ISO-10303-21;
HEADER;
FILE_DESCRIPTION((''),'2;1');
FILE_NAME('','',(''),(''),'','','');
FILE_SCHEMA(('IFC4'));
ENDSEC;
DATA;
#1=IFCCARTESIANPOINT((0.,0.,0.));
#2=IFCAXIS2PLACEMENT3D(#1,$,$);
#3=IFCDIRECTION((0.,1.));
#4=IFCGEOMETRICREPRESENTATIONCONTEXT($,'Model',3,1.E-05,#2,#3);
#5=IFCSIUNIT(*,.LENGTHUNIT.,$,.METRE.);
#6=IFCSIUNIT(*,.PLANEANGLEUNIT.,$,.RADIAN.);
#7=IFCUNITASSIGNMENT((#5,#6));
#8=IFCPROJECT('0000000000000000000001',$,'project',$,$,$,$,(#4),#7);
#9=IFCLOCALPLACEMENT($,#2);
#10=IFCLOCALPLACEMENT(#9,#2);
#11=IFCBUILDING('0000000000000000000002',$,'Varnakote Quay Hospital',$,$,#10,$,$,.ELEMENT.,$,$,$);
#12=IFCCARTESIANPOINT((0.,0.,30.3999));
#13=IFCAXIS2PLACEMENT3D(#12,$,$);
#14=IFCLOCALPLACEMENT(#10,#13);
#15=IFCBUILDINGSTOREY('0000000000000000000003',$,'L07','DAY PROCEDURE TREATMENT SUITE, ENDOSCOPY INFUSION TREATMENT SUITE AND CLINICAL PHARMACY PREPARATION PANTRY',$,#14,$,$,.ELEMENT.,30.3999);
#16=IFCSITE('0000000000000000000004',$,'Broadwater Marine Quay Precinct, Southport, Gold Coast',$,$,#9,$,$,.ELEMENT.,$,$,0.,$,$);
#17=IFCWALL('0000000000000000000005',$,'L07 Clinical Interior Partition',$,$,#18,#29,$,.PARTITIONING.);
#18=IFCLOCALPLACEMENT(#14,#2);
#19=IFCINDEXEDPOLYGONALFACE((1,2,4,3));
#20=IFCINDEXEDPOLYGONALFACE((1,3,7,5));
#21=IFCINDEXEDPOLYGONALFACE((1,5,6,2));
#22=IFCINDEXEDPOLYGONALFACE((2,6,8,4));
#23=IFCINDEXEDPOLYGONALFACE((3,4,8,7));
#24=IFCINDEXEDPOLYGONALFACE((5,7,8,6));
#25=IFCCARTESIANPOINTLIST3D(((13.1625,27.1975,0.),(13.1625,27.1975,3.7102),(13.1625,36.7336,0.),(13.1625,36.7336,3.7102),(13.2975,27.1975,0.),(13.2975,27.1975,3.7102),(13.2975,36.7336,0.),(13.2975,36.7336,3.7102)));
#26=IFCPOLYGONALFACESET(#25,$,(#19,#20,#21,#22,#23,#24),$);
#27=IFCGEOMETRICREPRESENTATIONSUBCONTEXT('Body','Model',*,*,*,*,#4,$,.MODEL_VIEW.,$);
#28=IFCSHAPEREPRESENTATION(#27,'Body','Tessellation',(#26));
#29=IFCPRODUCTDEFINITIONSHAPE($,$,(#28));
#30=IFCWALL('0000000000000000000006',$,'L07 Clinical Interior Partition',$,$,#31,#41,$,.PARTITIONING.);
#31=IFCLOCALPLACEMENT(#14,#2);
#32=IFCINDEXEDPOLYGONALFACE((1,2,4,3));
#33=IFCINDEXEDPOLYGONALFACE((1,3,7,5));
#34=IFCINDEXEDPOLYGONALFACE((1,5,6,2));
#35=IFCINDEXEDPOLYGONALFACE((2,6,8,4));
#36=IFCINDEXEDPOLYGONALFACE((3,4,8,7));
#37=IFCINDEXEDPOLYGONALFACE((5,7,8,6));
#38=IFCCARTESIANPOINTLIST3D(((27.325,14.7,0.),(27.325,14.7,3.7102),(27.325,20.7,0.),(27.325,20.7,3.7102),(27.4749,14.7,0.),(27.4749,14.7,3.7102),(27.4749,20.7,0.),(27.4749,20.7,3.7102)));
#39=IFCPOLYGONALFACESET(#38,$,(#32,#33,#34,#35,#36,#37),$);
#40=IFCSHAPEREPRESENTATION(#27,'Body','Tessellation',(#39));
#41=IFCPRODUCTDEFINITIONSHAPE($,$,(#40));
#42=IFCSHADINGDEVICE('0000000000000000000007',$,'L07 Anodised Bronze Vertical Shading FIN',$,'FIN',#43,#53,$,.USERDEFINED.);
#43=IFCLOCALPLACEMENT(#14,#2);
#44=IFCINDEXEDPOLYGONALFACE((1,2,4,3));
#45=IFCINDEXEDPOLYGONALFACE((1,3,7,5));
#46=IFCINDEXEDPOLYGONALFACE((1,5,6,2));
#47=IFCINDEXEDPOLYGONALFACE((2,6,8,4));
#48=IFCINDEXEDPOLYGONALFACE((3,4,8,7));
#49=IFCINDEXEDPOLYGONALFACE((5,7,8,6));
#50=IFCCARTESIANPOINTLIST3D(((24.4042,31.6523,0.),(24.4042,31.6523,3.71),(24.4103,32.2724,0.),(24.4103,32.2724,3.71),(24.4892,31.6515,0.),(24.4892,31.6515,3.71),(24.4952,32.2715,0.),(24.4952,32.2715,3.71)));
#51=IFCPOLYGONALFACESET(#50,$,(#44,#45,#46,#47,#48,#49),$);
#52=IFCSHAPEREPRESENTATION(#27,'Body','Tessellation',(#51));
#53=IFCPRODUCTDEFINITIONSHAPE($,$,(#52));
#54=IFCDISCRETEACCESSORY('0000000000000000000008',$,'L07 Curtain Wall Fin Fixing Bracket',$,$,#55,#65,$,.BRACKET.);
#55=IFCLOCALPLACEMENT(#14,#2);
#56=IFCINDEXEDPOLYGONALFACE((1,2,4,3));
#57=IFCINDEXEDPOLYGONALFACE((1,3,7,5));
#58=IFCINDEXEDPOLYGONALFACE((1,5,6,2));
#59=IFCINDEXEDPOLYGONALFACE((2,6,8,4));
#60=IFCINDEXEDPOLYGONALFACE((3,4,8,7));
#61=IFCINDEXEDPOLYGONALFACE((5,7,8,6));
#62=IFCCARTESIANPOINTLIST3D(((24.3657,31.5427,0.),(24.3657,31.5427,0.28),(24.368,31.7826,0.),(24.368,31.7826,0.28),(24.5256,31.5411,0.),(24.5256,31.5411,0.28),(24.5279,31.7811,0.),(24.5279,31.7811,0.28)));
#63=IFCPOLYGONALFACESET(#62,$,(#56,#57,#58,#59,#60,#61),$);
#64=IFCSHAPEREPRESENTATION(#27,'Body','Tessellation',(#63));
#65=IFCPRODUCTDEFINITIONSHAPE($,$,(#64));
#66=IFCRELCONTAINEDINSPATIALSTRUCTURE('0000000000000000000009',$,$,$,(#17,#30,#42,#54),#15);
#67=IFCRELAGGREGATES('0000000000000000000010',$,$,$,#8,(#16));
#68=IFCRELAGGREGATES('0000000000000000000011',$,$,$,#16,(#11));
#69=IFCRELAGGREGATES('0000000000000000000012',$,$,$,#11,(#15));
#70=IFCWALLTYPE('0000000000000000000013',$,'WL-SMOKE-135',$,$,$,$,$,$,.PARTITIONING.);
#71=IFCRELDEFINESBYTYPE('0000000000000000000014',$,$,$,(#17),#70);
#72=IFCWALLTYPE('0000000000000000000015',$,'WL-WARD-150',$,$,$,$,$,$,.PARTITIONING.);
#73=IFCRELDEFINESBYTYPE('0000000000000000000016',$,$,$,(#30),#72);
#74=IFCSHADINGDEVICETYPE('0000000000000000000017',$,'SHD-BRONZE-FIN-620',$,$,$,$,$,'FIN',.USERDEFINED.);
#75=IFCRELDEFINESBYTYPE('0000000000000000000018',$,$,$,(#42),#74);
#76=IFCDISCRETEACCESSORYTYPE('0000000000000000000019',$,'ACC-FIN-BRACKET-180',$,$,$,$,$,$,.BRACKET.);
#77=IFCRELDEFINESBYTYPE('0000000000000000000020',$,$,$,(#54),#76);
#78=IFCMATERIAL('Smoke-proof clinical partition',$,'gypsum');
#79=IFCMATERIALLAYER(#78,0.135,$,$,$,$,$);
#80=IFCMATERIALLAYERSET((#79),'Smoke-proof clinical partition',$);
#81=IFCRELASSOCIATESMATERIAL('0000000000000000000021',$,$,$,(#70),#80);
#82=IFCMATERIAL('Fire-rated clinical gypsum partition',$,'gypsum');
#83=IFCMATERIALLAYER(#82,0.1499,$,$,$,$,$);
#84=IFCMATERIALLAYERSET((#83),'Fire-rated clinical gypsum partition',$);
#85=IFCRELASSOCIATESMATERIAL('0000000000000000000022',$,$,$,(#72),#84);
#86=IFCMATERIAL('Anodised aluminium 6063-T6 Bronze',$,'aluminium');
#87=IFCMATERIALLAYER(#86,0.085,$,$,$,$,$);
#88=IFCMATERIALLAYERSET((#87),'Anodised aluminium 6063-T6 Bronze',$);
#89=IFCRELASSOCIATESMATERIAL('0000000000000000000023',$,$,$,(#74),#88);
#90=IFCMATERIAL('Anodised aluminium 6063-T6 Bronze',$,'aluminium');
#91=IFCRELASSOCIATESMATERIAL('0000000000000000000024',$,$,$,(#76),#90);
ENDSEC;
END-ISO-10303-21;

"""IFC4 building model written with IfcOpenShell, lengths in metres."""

from ifc_helpers import new_model, si_unit, direction, frame, frame_2d, origin, origin_2d, place, context, subcontext, project, spatial, rectangle, extrude, material, layer, layer_set, type_object, element, save


model = new_model("IFC4")

# Units and contexts
model_context = context("Model", 3, precision=1e-05, world=origin(), true_north=direction((0.0, 1.0)))
body_context = subcontext(model_context, "Body", "Model", "MODEL_VIEW")
ifc_project = project(units=[si_unit("LENGTHUNIT", "METRE"), si_unit("PLANEANGLEUNIT", "RADIAN")], contexts=[model_context])

# Site, building, storey
site_placement = place(None, origin())
site = spatial("IfcSite", under=ifc_project, at=site_placement, Name="Broadwater Marine Quay Precinct, Southport, Gold Coast", CompositionType="ELEMENT", RefElevation=0.0)
building_placement = place(site_placement, origin())
building = spatial("IfcBuilding", under=site, at=building_placement, Name="Varnakote Quay Hospital", CompositionType="ELEMENT")
storey_placement = place(building_placement, frame((0.0, 0.0, 30.3999)))
storey = spatial("IfcBuildingStorey", under=building, at=storey_placement, Name="L07", Description="DAY PROCEDURE TREATMENT SUITE, ENDOSCOPY INFUSION TREATMENT SUITE AND CLINICAL PHARMACY PREPARATION PANTRY", CompositionType="ELEMENT", Elevation=30.3999)

# Shared definitions
ifc_material_1 = material(Name="Smoke-proof clinical partition", Category="gypsum")
ifc_layer_1 = layer(ifc_material_1, 0.135)
ifc_layer_set_1 = layer_set([ifc_layer_1], Name="Smoke-proof clinical partition")
wall_type_1 = type_object("IfcWallType", Name="WL-SMOKE-135", PredefinedType="PARTITIONING", material=ifc_layer_set_1)

# Walls
wall_1_placement = place(storey_placement, frame((13.23, 27.1975, 0.0), z_axis=(0.0, 0.0, 1.0), x_axis=(0.0, 1.0, 0.0)))
element("IfcWall", 1, at=wall_1_placement, inside=storey, type_object=wall_type_1, Name="L07 Clinical Interior Partition", PredefinedType="PARTITIONING", context=body_context, shape_type="SweptSolid", body=[
    extrude(rectangle(XDim=9.5361, YDim=0.135, at=frame_2d((4.7681, 0.0))), origin(), (0.0, 0.0, 1.0), 3.7102),
])
ifc_material_2 = material(Name="Fire-rated clinical gypsum partition", Category="gypsum")
ifc_layer_2 = layer(ifc_material_2, 0.1499)
ifc_layer_set_2 = layer_set([ifc_layer_2], Name="Fire-rated clinical gypsum partition")
wall_type_2 = type_object("IfcWallType", Name="WL-WARD-150", PredefinedType="PARTITIONING", material=ifc_layer_set_2)
wall_2_placement = place(storey_placement, frame((27.3999, 20.7, 0.0), z_axis=(0.0, 0.0, 1.0), x_axis=(0.0, -1.0, 0.0)))
element("IfcWall", 2, at=wall_2_placement, inside=storey, type_object=wall_type_2, Name="L07 Clinical Interior Partition", PredefinedType="PARTITIONING", context=body_context, shape_type="SweptSolid", body=[
    extrude(rectangle(XDim=6.0, YDim=0.1499, at=frame_2d((3.0, 0.0))), origin(), (0.0, 0.0, 1.0), 3.7102),
])

# Shading device
ifc_material_3 = material(Name="Anodised aluminium 6063-T6 Bronze", Category="aluminium")
ifc_layer_3 = layer(ifc_material_3, 0.085)
ifc_layer_set_3 = layer_set([ifc_layer_3], Name="Anodised aluminium 6063-T6 Bronze")
shading_device_type = type_object("IfcShadingDeviceType", Name="SHD-BRONZE-FIN-620", ElementType="FIN", PredefinedType="USERDEFINED", material=ifc_layer_set_3)
shading_device_placement = place(storey_placement, frame((24.4497, 31.9619, 0.0), z_axis=(0.0, 0.0, 1.0), x_axis=(-0.009774, -0.999952, 0.0)))
element("IfcShadingDevice", 3, at=shading_device_placement, inside=storey, type_object=shading_device_type, Name="L07 Anodised Bronze Vertical Shading FIN", ObjectType="FIN", PredefinedType="USERDEFINED", context=body_context, shape_type="SweptSolid", body=[
    extrude(rectangle(XDim=0.6201, YDim=0.085, at=origin_2d()), origin(), (0.0, 0.0, 1.0), 3.71),
])

# Discrete accessory
ifc_material_4 = material(Name="Anodised aluminium 6063-T6 Bronze", Category="aluminium")
discrete_accessory_type = type_object("IfcDiscreteAccessoryType", Name="ACC-FIN-BRACKET-180", PredefinedType="BRACKET", material=ifc_material_4)
discrete_accessory_placement = place(storey_placement, frame((24.4468, 31.6619, 0.0), z_axis=(0.0, 0.0, 1.0), x_axis=(-0.999952, 0.009774, 0.0)))
element("IfcDiscreteAccessory", 4, at=discrete_accessory_placement, inside=storey, type_object=discrete_accessory_type, Name="L07 Curtain Wall Fin Fixing Bracket", PredefinedType="BRACKET", context=body_context, shape_type="SweptSolid", body=[
    extrude(rectangle(XDim=0.1599, YDim=0.24, at=origin_2d()), origin(), (0.0, 0.0, 1.0), 0.28),
])

save(model, "model.ifc")
